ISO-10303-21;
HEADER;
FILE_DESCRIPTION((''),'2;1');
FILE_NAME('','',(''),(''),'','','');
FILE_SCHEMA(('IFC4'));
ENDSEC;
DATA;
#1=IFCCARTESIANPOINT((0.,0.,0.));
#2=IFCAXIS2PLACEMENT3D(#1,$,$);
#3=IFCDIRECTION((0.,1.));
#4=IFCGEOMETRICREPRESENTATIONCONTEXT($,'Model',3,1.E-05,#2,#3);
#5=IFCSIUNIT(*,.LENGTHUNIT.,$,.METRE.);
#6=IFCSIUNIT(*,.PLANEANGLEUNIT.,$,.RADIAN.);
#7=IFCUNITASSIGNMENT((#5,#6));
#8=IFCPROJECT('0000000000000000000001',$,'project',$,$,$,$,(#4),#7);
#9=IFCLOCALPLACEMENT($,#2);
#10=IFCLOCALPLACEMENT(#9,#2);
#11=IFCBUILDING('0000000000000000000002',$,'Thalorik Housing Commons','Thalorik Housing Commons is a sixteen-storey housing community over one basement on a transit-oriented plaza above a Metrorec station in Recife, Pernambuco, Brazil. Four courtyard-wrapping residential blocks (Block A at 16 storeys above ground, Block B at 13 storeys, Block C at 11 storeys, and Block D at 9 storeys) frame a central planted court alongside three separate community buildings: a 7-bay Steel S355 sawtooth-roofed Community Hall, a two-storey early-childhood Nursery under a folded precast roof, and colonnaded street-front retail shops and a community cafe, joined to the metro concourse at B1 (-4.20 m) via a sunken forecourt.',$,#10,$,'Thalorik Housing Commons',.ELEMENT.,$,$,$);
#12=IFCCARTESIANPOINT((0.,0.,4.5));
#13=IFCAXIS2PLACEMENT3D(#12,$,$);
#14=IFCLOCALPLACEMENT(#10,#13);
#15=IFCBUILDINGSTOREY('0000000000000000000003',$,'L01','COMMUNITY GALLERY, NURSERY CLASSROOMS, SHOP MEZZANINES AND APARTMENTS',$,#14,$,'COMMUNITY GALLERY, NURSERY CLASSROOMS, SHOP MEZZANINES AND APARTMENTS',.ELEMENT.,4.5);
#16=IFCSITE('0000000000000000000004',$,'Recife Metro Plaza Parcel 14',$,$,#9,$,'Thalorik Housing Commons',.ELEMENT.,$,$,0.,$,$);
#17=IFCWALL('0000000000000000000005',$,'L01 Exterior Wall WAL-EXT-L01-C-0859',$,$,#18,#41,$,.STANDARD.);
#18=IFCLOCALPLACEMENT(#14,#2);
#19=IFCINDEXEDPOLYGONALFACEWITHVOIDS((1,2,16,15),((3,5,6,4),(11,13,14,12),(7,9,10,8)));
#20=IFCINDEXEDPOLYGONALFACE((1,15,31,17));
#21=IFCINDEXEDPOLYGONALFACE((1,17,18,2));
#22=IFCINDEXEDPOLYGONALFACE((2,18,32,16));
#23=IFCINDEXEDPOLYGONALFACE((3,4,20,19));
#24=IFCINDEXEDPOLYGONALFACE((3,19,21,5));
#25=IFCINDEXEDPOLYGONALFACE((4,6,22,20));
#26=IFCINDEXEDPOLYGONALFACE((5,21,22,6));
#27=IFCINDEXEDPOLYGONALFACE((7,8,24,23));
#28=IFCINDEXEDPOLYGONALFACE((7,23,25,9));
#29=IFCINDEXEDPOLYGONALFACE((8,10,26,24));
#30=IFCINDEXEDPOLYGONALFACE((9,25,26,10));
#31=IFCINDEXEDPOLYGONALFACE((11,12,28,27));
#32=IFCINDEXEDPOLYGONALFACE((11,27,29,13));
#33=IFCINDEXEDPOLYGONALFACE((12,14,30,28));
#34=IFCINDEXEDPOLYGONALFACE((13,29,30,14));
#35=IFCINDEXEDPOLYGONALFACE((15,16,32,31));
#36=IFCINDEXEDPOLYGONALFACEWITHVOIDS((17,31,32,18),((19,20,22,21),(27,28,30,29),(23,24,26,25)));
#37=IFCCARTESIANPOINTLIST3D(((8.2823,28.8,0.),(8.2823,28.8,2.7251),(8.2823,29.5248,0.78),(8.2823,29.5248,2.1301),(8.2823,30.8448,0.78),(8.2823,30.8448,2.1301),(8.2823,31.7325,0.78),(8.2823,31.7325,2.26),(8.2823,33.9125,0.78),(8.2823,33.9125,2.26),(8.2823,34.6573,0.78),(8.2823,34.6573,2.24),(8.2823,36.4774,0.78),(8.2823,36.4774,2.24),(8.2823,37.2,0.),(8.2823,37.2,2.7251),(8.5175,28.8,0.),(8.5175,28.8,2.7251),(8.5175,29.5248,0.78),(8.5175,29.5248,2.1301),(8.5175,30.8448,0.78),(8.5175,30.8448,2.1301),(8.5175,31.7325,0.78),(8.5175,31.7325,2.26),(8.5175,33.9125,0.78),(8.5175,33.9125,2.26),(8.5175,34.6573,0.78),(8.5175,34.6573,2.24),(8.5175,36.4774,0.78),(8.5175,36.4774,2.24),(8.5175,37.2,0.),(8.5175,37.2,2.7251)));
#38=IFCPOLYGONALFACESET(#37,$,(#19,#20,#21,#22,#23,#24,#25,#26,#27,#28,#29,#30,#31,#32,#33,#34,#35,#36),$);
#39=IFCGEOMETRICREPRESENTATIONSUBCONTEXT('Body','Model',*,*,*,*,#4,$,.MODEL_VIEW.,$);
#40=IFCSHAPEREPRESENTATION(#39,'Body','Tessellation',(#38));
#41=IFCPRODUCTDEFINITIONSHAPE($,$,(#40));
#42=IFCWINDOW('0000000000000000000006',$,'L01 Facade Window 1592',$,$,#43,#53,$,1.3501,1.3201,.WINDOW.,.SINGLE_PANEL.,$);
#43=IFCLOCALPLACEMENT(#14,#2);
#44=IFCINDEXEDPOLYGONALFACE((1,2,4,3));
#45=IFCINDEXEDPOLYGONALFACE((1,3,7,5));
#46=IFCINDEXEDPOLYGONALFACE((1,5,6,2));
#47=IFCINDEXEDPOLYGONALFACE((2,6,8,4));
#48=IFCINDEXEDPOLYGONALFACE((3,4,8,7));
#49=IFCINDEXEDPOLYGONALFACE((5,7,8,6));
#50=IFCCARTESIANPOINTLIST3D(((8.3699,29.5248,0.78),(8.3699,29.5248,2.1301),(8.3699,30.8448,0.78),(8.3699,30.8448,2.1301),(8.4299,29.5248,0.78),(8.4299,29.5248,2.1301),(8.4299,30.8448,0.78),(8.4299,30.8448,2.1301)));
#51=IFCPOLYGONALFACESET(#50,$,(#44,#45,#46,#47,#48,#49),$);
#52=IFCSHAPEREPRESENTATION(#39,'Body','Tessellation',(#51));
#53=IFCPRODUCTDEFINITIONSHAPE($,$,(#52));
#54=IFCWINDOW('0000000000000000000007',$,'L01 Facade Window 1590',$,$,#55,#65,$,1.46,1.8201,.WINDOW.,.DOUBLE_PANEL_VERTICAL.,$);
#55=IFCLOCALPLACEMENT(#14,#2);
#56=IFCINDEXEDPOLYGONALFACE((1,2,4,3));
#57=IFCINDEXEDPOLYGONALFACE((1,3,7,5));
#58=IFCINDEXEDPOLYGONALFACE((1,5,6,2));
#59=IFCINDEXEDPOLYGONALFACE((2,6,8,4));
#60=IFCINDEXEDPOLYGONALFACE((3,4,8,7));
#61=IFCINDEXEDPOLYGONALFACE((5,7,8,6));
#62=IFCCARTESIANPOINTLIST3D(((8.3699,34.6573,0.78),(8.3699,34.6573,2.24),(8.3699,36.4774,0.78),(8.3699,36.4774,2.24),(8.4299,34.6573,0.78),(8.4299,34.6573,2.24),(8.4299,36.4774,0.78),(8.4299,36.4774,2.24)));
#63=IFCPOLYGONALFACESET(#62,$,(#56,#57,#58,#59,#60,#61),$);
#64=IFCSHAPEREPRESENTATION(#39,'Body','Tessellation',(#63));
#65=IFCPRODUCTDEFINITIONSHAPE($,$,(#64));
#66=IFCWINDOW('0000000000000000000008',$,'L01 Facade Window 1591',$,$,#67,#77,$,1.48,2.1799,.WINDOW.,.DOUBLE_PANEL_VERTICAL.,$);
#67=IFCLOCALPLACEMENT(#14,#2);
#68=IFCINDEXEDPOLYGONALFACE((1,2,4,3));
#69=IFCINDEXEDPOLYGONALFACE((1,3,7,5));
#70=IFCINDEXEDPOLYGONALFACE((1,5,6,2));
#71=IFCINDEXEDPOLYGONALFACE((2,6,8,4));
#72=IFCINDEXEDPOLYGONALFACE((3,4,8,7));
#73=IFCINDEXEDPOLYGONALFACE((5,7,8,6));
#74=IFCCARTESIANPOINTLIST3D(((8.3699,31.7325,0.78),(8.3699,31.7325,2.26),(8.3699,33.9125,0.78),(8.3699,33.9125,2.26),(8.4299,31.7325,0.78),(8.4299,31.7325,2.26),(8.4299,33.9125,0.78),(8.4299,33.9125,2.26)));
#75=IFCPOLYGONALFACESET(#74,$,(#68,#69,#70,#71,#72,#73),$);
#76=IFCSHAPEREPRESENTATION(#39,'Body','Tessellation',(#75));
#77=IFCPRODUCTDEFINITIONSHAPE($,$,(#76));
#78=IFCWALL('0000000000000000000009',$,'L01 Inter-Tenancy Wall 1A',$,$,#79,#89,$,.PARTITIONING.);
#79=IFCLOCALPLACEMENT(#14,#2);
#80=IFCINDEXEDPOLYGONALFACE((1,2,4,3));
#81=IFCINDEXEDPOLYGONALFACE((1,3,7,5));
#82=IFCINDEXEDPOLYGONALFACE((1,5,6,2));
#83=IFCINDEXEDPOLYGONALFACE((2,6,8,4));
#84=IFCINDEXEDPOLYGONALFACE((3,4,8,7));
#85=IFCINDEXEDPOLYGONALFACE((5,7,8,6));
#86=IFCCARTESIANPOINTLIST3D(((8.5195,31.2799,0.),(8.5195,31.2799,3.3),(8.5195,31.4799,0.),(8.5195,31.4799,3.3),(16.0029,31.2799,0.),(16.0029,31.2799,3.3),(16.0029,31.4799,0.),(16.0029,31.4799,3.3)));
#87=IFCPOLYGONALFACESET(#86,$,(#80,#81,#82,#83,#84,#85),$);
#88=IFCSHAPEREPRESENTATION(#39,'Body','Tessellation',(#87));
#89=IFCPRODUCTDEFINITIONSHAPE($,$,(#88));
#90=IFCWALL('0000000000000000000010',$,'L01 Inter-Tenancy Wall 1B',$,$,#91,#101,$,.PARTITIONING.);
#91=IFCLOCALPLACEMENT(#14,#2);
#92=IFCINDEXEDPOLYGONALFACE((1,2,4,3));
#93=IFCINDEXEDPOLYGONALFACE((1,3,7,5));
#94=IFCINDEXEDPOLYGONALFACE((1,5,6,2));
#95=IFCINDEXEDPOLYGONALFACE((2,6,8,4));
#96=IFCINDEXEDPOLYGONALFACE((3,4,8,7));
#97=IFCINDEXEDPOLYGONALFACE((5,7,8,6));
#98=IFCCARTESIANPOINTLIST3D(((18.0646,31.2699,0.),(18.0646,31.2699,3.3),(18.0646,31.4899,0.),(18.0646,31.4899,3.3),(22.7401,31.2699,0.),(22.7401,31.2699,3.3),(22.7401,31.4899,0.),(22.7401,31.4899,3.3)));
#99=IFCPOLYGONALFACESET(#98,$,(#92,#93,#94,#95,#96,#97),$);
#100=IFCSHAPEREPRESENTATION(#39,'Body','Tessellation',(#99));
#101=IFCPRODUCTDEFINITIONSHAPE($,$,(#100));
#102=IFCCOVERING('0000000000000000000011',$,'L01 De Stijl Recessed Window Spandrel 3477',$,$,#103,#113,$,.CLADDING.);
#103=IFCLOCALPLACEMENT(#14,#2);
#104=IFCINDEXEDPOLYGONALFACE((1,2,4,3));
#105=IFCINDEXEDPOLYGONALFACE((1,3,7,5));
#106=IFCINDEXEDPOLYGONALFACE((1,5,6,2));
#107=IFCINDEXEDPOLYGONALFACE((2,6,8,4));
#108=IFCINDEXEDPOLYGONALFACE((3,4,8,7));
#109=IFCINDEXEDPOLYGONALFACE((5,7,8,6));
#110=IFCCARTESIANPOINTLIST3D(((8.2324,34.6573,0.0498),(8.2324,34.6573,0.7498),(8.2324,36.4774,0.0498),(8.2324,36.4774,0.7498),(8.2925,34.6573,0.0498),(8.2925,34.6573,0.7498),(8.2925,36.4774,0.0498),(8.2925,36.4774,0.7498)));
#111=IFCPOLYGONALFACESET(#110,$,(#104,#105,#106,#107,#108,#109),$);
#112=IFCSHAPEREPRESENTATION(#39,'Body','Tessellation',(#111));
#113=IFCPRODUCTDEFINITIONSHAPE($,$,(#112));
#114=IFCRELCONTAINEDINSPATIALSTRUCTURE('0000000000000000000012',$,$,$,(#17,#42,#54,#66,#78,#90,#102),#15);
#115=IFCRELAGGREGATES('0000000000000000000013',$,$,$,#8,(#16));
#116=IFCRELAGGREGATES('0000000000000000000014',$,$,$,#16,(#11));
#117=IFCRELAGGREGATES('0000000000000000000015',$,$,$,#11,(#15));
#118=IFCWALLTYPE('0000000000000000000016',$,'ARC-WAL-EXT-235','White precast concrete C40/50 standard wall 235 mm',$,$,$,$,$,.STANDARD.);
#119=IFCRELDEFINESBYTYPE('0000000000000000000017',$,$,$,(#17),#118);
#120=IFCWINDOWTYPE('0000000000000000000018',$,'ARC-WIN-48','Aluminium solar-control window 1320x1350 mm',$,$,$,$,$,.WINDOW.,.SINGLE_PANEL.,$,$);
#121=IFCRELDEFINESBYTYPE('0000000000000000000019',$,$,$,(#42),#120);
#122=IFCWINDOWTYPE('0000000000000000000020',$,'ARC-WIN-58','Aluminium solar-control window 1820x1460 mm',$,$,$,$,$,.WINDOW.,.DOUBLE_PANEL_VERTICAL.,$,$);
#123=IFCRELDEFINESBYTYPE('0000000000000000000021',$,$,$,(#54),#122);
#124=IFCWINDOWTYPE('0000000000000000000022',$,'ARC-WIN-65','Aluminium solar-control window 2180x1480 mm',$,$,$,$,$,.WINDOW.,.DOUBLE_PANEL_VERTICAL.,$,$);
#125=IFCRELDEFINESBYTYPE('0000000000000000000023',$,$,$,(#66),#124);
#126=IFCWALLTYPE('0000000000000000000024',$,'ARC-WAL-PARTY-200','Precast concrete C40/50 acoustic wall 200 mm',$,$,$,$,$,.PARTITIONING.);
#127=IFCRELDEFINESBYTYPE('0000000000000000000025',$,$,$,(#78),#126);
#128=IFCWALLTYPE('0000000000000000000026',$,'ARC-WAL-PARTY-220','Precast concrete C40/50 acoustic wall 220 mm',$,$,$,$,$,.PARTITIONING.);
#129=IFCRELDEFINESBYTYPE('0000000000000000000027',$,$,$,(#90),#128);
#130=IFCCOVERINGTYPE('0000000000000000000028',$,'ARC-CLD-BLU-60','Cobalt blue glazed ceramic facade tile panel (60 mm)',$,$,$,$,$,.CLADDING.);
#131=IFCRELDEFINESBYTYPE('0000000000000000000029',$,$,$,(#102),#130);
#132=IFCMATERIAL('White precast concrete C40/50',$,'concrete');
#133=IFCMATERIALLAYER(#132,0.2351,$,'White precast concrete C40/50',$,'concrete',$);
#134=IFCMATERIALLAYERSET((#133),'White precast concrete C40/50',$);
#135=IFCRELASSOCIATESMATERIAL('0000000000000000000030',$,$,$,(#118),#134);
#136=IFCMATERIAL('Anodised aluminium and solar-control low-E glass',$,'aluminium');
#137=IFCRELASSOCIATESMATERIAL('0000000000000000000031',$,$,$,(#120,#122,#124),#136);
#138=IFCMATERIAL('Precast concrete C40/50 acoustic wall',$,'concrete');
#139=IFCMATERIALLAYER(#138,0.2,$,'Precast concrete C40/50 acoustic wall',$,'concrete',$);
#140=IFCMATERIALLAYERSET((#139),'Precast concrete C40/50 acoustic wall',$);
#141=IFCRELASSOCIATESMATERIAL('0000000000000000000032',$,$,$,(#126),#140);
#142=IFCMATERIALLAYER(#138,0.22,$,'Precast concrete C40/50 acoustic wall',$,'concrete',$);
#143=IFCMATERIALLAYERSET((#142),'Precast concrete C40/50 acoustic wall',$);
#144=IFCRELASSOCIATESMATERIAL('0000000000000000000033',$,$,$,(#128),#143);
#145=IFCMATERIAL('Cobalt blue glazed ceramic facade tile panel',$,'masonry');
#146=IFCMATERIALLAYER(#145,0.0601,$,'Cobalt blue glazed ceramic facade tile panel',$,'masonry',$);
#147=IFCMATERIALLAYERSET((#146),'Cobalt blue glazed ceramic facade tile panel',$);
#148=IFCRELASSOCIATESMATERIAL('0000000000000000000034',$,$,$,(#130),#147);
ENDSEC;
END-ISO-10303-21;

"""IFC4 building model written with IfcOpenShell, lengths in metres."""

from ifc_helpers import new_model, si_unit, direction, frame, frame_2d, origin, origin_2d, place, context, subcontext, project, spatial, rectangle, extrude, material, layer, layer_set, type_object, element, fill, save


model = new_model("IFC4")

# Units and contexts
model_context = context("Model", 3, precision=1e-05, world=origin(), true_north=direction((0.0, 1.0)))
body_context = subcontext(model_context, "Body", "Model", "MODEL_VIEW")
ifc_project = project(units=[si_unit("LENGTHUNIT", "METRE"), si_unit("PLANEANGLEUNIT", "RADIAN")], contexts=[model_context])

# Site, building, storey
site_placement = place(None, origin())
site = spatial("IfcSite", under=ifc_project, at=site_placement, Name="Recife Metro Plaza Parcel 14", LongName="Thalorik Housing Commons", CompositionType="ELEMENT", RefElevation=0.0)
building_placement = place(site_placement, origin())
building = spatial("IfcBuilding", under=site, at=building_placement, Name="Thalorik Housing Commons", Description="Thalorik Housing Commons is a sixteen-storey housing community over one basement on a transit-oriented plaza above a Metrorec station in Recife, Pernambuco, Brazil. Four courtyard-wrapping residential blocks (Block A at 16 storeys above ground, Block B at 13 storeys, Block C at 11 storeys, and Block D at 9 storeys) frame a central planted court alongside three separate community buildings: a 7-bay Steel S355 sawtooth-roofed Community Hall, a two-storey early-childhood Nursery under a folded precast roof, and colonnaded street-front retail shops and a community cafe, joined to the metro concourse at B1 (-4.20 m) via a sunken forecourt.", LongName="Thalorik Housing Commons", CompositionType="ELEMENT")
storey_placement = place(building_placement, frame((0.0, 0.0, 4.5)))
storey = spatial("IfcBuildingStorey", under=building, at=storey_placement, Name="L01", Description="COMMUNITY GALLERY, NURSERY CLASSROOMS, SHOP MEZZANINES AND APARTMENTS", LongName="COMMUNITY GALLERY, NURSERY CLASSROOMS, SHOP MEZZANINES AND APARTMENTS", CompositionType="ELEMENT", Elevation=4.5)

# Wall, openings, windows
ifc_material_1 = material(Name="White precast concrete C40/50", Category="concrete")
ifc_layer_1 = layer(ifc_material_1, 0.2351, Name="White precast concrete C40/50", Category="concrete")
ifc_layer_set_1 = layer_set([ifc_layer_1], Name="White precast concrete C40/50")
wall_type_1 = type_object("IfcWallType", Name="ARC-WAL-EXT-235", Description="White precast concrete C40/50 standard wall 235 mm", PredefinedType="STANDARD", material=ifc_layer_set_1)
wall_1_placement = place(storey_placement, frame((8.3999, 37.2, 0.0), z_axis=(0.0, 0.0, 1.0), x_axis=(0.0, -1.0, 0.0)))
wall_1 = element("IfcWall", 1, at=wall_1_placement, inside=storey, type_object=wall_type_1, Name="L01 Exterior Wall WAL-EXT-L01-C-0859", PredefinedType="STANDARD", context=body_context, shape_type="SweptSolid", body=[
    extrude(rectangle(XDim=8.3999, YDim=0.2351, at=frame_2d((4.2, 0.0))), origin(), (0.0, 0.0, 1.0), 2.7251),
])
opening_1_placement = place(wall_1_placement, frame((0.7224, 0.0, 0.78)))
opening_1 = element("IfcOpeningElement", 2, at=opening_1_placement, cuts=wall_1, PredefinedType="OPENING", context=body_context, shape_type="SweptSolid", body=[
    extrude(rectangle(XDim=1.8201, YDim=1.46, at=frame_2d((0.9102, 0.73))), frame((0.0, 0.1274, 0.0), z_axis=(0.0, -1.0, 0.0), x_axis=(1.0, 0.0, 0.0)), (0.0, 0.0, 1.0), 0.2551),
])
opening_2_placement = place(wall_1_placement, frame((3.2876, 0.0, 0.78)))
opening_2 = element("IfcOpeningElement", 3, at=opening_2_placement, cuts=wall_1, PredefinedType="OPENING", context=body_context, shape_type="SweptSolid", body=[
    extrude(rectangle(XDim=2.1799, YDim=1.48, at=frame_2d((1.0898, 0.74))), frame((0.0, 0.1274, 0.0), z_axis=(0.0, -1.0, 0.0), x_axis=(1.0, 0.0, 0.0)), (0.0, 0.0, 1.0), 0.2551),
])
opening_3_placement = place(wall_1_placement, frame((6.355, 0.0, 0.78)))
opening_3 = element("IfcOpeningElement", 4, at=opening_3_placement, cuts=wall_1, PredefinedType="OPENING", context=body_context, shape_type="SweptSolid", body=[
    extrude(rectangle(XDim=1.3201, YDim=1.3501, at=frame_2d((0.6602, 0.675))), frame((0.0, 0.1274, 0.0), z_axis=(0.0, -1.0, 0.0), x_axis=(1.0, 0.0, 0.0)), (0.0, 0.0, 1.0), 0.2551),
])
ifc_material_2 = material(Name="Anodised aluminium and solar-control low-E glass", Category="aluminium")
window_type_1 = type_object("IfcWindowType", Name="ARC-WIN-48", Description="Aluminium solar-control window 1320x1350 mm", PartitioningType="SINGLE_PANEL", PredefinedType="WINDOW", material=ifc_material_2)
window_1_placement = place(opening_3_placement, origin())
window_1 = element("IfcWindow", 5, at=window_1_placement, inside=storey, type_object=window_type_1, Name="L01 Facade Window 1592", OverallHeight=1.3501, OverallWidth=1.3201, PartitioningType="SINGLE_PANEL", PredefinedType="WINDOW", context=body_context, shape_type="SweptSolid", body=[
    extrude(rectangle(XDim=1.3201, YDim=1.3501, at=frame_2d((0.6602, 0.675))), frame((0.0, 0.03, 0.0), z_axis=(0.0, -1.0, 0.0), x_axis=(1.0, 0.0, 0.0)), (0.0, 0.0, 1.0), 0.0601),
])
fill(opening_3, window_1)
window_type_2 = type_object("IfcWindowType", Name="ARC-WIN-58", Description="Aluminium solar-control window 1820x1460 mm", PartitioningType="DOUBLE_PANEL_VERTICAL", PredefinedType="WINDOW", material=ifc_material_2)
window_2_placement = place(opening_1_placement, origin())
window_2 = element("IfcWindow", 6, at=window_2_placement, inside=storey, type_object=window_type_2, Name="L01 Facade Window 1590", OverallHeight=1.46, OverallWidth=1.8201, PartitioningType="DOUBLE_PANEL_VERTICAL", PredefinedType="WINDOW", context=body_context, shape_type="SweptSolid", body=[
    extrude(rectangle(XDim=1.8201, YDim=1.46, at=frame_2d((0.9102, 0.73))), frame((0.0, 0.03, 0.0), z_axis=(0.0, -1.0, 0.0), x_axis=(1.0, 0.0, 0.0)), (0.0, 0.0, 1.0), 0.0601),
])
fill(opening_1, window_2)
window_type_3 = type_object("IfcWindowType", Name="ARC-WIN-65", Description="Aluminium solar-control window 2180x1480 mm", PartitioningType="DOUBLE_PANEL_VERTICAL", PredefinedType="WINDOW", material=ifc_material_2)
window_3_placement = place(opening_2_placement, origin())
window_3 = element("IfcWindow", 7, at=window_3_placement, inside=storey, type_object=window_type_3, Name="L01 Facade Window 1591", OverallHeight=1.48, OverallWidth=2.1799, PartitioningType="DOUBLE_PANEL_VERTICAL", PredefinedType="WINDOW", context=body_context, shape_type="SweptSolid", body=[
    extrude(rectangle(XDim=2.1799, YDim=1.48, at=frame_2d((1.0898, 0.74))), frame((0.0, 0.03, 0.0), z_axis=(0.0, -1.0, 0.0), x_axis=(1.0, 0.0, 0.0)), (0.0, 0.0, 1.0), 0.0601),
])
fill(opening_2, window_3)

# Walls
ifc_material_3 = material(Name="Precast concrete C40/50 acoustic wall", Category="concrete")
ifc_layer_2 = layer(ifc_material_3, 0.2, Name="Precast concrete C40/50 acoustic wall", Category="concrete")
ifc_layer_set_2 = layer_set([ifc_layer_2], Name="Precast concrete C40/50 acoustic wall")
wall_type_2 = type_object("IfcWallType", Name="ARC-WAL-PARTY-200", Description="Precast concrete C40/50 acoustic wall 200 mm", PredefinedType="PARTITIONING", material=ifc_layer_set_2)
wall_2_placement = place(storey_placement, frame((8.5195, 31.3799, 0.0), z_axis=(0.0, 0.0, 1.0), x_axis=(1.0, 0.0, 0.0)))
element("IfcWall", 8, at=wall_2_placement, inside=storey, type_object=wall_type_2, Name="L01 Inter-Tenancy Wall 1A", PredefinedType="PARTITIONING", context=body_context, shape_type="SweptSolid", body=[
    extrude(rectangle(XDim=7.4834, YDim=0.2, at=frame_2d((3.7417, 0.0))), origin(), (0.0, 0.0, 1.0), 3.3),
])
ifc_layer_3 = layer(ifc_material_3, 0.22, Name="Precast concrete C40/50 acoustic wall", Category="concrete")
ifc_layer_set_3 = layer_set([ifc_layer_3], Name="Precast concrete C40/50 acoustic wall")
wall_type_3 = type_object("IfcWallType", Name="ARC-WAL-PARTY-220", Description="Precast concrete C40/50 acoustic wall 220 mm", PredefinedType="PARTITIONING", material=ifc_layer_set_3)
wall_3_placement = place(storey_placement, frame((18.0645, 31.3799, 0.0), z_axis=(0.0, 0.0, 1.0), x_axis=(1.0, 0.0, 0.0)))
element("IfcWall", 9, at=wall_3_placement, inside=storey, type_object=wall_type_3, Name="L01 Inter-Tenancy Wall 1B", PredefinedType="PARTITIONING", context=body_context, shape_type="SweptSolid", body=[
    extrude(rectangle(XDim=4.6755, YDim=0.22, at=frame_2d((2.3379, 0.0))), origin(), (0.0, 0.0, 1.0), 3.3),
])

# Covering
ifc_material_4 = material(Name="Cobalt blue glazed ceramic facade tile panel", Category="masonry")
ifc_layer_4 = layer(ifc_material_4, 0.0601, Name="Cobalt blue glazed ceramic facade tile panel", Category="masonry")
ifc_layer_set_4 = layer_set([ifc_layer_4], Name="Cobalt blue glazed ceramic facade tile panel")
covering_type_1 = type_object("IfcCoveringType", Name="ARC-CLD-BLU-60", Description="Cobalt blue glazed ceramic facade tile panel (60 mm)", PredefinedType="CLADDING", material=ifc_layer_set_4)
covering_1_placement = place(storey_placement, frame((8.2625, 35.5674, 0.0498), z_axis=(0.0, 0.0, 1.0), x_axis=(0.0, -1.0, 0.0)))
element("IfcCovering", 10, at=covering_1_placement, inside=storey, type_object=covering_type_1, Name="L01 De Stijl Recessed Window Spandrel 3477", PredefinedType="CLADDING", context=body_context, shape_type="SweptSolid", body=[
    extrude(rectangle(XDim=1.8201, YDim=0.0601, at=origin_2d()), origin(), (0.0, 0.0, 1.0), 0.7),
])

save(model, "model.ifc")
